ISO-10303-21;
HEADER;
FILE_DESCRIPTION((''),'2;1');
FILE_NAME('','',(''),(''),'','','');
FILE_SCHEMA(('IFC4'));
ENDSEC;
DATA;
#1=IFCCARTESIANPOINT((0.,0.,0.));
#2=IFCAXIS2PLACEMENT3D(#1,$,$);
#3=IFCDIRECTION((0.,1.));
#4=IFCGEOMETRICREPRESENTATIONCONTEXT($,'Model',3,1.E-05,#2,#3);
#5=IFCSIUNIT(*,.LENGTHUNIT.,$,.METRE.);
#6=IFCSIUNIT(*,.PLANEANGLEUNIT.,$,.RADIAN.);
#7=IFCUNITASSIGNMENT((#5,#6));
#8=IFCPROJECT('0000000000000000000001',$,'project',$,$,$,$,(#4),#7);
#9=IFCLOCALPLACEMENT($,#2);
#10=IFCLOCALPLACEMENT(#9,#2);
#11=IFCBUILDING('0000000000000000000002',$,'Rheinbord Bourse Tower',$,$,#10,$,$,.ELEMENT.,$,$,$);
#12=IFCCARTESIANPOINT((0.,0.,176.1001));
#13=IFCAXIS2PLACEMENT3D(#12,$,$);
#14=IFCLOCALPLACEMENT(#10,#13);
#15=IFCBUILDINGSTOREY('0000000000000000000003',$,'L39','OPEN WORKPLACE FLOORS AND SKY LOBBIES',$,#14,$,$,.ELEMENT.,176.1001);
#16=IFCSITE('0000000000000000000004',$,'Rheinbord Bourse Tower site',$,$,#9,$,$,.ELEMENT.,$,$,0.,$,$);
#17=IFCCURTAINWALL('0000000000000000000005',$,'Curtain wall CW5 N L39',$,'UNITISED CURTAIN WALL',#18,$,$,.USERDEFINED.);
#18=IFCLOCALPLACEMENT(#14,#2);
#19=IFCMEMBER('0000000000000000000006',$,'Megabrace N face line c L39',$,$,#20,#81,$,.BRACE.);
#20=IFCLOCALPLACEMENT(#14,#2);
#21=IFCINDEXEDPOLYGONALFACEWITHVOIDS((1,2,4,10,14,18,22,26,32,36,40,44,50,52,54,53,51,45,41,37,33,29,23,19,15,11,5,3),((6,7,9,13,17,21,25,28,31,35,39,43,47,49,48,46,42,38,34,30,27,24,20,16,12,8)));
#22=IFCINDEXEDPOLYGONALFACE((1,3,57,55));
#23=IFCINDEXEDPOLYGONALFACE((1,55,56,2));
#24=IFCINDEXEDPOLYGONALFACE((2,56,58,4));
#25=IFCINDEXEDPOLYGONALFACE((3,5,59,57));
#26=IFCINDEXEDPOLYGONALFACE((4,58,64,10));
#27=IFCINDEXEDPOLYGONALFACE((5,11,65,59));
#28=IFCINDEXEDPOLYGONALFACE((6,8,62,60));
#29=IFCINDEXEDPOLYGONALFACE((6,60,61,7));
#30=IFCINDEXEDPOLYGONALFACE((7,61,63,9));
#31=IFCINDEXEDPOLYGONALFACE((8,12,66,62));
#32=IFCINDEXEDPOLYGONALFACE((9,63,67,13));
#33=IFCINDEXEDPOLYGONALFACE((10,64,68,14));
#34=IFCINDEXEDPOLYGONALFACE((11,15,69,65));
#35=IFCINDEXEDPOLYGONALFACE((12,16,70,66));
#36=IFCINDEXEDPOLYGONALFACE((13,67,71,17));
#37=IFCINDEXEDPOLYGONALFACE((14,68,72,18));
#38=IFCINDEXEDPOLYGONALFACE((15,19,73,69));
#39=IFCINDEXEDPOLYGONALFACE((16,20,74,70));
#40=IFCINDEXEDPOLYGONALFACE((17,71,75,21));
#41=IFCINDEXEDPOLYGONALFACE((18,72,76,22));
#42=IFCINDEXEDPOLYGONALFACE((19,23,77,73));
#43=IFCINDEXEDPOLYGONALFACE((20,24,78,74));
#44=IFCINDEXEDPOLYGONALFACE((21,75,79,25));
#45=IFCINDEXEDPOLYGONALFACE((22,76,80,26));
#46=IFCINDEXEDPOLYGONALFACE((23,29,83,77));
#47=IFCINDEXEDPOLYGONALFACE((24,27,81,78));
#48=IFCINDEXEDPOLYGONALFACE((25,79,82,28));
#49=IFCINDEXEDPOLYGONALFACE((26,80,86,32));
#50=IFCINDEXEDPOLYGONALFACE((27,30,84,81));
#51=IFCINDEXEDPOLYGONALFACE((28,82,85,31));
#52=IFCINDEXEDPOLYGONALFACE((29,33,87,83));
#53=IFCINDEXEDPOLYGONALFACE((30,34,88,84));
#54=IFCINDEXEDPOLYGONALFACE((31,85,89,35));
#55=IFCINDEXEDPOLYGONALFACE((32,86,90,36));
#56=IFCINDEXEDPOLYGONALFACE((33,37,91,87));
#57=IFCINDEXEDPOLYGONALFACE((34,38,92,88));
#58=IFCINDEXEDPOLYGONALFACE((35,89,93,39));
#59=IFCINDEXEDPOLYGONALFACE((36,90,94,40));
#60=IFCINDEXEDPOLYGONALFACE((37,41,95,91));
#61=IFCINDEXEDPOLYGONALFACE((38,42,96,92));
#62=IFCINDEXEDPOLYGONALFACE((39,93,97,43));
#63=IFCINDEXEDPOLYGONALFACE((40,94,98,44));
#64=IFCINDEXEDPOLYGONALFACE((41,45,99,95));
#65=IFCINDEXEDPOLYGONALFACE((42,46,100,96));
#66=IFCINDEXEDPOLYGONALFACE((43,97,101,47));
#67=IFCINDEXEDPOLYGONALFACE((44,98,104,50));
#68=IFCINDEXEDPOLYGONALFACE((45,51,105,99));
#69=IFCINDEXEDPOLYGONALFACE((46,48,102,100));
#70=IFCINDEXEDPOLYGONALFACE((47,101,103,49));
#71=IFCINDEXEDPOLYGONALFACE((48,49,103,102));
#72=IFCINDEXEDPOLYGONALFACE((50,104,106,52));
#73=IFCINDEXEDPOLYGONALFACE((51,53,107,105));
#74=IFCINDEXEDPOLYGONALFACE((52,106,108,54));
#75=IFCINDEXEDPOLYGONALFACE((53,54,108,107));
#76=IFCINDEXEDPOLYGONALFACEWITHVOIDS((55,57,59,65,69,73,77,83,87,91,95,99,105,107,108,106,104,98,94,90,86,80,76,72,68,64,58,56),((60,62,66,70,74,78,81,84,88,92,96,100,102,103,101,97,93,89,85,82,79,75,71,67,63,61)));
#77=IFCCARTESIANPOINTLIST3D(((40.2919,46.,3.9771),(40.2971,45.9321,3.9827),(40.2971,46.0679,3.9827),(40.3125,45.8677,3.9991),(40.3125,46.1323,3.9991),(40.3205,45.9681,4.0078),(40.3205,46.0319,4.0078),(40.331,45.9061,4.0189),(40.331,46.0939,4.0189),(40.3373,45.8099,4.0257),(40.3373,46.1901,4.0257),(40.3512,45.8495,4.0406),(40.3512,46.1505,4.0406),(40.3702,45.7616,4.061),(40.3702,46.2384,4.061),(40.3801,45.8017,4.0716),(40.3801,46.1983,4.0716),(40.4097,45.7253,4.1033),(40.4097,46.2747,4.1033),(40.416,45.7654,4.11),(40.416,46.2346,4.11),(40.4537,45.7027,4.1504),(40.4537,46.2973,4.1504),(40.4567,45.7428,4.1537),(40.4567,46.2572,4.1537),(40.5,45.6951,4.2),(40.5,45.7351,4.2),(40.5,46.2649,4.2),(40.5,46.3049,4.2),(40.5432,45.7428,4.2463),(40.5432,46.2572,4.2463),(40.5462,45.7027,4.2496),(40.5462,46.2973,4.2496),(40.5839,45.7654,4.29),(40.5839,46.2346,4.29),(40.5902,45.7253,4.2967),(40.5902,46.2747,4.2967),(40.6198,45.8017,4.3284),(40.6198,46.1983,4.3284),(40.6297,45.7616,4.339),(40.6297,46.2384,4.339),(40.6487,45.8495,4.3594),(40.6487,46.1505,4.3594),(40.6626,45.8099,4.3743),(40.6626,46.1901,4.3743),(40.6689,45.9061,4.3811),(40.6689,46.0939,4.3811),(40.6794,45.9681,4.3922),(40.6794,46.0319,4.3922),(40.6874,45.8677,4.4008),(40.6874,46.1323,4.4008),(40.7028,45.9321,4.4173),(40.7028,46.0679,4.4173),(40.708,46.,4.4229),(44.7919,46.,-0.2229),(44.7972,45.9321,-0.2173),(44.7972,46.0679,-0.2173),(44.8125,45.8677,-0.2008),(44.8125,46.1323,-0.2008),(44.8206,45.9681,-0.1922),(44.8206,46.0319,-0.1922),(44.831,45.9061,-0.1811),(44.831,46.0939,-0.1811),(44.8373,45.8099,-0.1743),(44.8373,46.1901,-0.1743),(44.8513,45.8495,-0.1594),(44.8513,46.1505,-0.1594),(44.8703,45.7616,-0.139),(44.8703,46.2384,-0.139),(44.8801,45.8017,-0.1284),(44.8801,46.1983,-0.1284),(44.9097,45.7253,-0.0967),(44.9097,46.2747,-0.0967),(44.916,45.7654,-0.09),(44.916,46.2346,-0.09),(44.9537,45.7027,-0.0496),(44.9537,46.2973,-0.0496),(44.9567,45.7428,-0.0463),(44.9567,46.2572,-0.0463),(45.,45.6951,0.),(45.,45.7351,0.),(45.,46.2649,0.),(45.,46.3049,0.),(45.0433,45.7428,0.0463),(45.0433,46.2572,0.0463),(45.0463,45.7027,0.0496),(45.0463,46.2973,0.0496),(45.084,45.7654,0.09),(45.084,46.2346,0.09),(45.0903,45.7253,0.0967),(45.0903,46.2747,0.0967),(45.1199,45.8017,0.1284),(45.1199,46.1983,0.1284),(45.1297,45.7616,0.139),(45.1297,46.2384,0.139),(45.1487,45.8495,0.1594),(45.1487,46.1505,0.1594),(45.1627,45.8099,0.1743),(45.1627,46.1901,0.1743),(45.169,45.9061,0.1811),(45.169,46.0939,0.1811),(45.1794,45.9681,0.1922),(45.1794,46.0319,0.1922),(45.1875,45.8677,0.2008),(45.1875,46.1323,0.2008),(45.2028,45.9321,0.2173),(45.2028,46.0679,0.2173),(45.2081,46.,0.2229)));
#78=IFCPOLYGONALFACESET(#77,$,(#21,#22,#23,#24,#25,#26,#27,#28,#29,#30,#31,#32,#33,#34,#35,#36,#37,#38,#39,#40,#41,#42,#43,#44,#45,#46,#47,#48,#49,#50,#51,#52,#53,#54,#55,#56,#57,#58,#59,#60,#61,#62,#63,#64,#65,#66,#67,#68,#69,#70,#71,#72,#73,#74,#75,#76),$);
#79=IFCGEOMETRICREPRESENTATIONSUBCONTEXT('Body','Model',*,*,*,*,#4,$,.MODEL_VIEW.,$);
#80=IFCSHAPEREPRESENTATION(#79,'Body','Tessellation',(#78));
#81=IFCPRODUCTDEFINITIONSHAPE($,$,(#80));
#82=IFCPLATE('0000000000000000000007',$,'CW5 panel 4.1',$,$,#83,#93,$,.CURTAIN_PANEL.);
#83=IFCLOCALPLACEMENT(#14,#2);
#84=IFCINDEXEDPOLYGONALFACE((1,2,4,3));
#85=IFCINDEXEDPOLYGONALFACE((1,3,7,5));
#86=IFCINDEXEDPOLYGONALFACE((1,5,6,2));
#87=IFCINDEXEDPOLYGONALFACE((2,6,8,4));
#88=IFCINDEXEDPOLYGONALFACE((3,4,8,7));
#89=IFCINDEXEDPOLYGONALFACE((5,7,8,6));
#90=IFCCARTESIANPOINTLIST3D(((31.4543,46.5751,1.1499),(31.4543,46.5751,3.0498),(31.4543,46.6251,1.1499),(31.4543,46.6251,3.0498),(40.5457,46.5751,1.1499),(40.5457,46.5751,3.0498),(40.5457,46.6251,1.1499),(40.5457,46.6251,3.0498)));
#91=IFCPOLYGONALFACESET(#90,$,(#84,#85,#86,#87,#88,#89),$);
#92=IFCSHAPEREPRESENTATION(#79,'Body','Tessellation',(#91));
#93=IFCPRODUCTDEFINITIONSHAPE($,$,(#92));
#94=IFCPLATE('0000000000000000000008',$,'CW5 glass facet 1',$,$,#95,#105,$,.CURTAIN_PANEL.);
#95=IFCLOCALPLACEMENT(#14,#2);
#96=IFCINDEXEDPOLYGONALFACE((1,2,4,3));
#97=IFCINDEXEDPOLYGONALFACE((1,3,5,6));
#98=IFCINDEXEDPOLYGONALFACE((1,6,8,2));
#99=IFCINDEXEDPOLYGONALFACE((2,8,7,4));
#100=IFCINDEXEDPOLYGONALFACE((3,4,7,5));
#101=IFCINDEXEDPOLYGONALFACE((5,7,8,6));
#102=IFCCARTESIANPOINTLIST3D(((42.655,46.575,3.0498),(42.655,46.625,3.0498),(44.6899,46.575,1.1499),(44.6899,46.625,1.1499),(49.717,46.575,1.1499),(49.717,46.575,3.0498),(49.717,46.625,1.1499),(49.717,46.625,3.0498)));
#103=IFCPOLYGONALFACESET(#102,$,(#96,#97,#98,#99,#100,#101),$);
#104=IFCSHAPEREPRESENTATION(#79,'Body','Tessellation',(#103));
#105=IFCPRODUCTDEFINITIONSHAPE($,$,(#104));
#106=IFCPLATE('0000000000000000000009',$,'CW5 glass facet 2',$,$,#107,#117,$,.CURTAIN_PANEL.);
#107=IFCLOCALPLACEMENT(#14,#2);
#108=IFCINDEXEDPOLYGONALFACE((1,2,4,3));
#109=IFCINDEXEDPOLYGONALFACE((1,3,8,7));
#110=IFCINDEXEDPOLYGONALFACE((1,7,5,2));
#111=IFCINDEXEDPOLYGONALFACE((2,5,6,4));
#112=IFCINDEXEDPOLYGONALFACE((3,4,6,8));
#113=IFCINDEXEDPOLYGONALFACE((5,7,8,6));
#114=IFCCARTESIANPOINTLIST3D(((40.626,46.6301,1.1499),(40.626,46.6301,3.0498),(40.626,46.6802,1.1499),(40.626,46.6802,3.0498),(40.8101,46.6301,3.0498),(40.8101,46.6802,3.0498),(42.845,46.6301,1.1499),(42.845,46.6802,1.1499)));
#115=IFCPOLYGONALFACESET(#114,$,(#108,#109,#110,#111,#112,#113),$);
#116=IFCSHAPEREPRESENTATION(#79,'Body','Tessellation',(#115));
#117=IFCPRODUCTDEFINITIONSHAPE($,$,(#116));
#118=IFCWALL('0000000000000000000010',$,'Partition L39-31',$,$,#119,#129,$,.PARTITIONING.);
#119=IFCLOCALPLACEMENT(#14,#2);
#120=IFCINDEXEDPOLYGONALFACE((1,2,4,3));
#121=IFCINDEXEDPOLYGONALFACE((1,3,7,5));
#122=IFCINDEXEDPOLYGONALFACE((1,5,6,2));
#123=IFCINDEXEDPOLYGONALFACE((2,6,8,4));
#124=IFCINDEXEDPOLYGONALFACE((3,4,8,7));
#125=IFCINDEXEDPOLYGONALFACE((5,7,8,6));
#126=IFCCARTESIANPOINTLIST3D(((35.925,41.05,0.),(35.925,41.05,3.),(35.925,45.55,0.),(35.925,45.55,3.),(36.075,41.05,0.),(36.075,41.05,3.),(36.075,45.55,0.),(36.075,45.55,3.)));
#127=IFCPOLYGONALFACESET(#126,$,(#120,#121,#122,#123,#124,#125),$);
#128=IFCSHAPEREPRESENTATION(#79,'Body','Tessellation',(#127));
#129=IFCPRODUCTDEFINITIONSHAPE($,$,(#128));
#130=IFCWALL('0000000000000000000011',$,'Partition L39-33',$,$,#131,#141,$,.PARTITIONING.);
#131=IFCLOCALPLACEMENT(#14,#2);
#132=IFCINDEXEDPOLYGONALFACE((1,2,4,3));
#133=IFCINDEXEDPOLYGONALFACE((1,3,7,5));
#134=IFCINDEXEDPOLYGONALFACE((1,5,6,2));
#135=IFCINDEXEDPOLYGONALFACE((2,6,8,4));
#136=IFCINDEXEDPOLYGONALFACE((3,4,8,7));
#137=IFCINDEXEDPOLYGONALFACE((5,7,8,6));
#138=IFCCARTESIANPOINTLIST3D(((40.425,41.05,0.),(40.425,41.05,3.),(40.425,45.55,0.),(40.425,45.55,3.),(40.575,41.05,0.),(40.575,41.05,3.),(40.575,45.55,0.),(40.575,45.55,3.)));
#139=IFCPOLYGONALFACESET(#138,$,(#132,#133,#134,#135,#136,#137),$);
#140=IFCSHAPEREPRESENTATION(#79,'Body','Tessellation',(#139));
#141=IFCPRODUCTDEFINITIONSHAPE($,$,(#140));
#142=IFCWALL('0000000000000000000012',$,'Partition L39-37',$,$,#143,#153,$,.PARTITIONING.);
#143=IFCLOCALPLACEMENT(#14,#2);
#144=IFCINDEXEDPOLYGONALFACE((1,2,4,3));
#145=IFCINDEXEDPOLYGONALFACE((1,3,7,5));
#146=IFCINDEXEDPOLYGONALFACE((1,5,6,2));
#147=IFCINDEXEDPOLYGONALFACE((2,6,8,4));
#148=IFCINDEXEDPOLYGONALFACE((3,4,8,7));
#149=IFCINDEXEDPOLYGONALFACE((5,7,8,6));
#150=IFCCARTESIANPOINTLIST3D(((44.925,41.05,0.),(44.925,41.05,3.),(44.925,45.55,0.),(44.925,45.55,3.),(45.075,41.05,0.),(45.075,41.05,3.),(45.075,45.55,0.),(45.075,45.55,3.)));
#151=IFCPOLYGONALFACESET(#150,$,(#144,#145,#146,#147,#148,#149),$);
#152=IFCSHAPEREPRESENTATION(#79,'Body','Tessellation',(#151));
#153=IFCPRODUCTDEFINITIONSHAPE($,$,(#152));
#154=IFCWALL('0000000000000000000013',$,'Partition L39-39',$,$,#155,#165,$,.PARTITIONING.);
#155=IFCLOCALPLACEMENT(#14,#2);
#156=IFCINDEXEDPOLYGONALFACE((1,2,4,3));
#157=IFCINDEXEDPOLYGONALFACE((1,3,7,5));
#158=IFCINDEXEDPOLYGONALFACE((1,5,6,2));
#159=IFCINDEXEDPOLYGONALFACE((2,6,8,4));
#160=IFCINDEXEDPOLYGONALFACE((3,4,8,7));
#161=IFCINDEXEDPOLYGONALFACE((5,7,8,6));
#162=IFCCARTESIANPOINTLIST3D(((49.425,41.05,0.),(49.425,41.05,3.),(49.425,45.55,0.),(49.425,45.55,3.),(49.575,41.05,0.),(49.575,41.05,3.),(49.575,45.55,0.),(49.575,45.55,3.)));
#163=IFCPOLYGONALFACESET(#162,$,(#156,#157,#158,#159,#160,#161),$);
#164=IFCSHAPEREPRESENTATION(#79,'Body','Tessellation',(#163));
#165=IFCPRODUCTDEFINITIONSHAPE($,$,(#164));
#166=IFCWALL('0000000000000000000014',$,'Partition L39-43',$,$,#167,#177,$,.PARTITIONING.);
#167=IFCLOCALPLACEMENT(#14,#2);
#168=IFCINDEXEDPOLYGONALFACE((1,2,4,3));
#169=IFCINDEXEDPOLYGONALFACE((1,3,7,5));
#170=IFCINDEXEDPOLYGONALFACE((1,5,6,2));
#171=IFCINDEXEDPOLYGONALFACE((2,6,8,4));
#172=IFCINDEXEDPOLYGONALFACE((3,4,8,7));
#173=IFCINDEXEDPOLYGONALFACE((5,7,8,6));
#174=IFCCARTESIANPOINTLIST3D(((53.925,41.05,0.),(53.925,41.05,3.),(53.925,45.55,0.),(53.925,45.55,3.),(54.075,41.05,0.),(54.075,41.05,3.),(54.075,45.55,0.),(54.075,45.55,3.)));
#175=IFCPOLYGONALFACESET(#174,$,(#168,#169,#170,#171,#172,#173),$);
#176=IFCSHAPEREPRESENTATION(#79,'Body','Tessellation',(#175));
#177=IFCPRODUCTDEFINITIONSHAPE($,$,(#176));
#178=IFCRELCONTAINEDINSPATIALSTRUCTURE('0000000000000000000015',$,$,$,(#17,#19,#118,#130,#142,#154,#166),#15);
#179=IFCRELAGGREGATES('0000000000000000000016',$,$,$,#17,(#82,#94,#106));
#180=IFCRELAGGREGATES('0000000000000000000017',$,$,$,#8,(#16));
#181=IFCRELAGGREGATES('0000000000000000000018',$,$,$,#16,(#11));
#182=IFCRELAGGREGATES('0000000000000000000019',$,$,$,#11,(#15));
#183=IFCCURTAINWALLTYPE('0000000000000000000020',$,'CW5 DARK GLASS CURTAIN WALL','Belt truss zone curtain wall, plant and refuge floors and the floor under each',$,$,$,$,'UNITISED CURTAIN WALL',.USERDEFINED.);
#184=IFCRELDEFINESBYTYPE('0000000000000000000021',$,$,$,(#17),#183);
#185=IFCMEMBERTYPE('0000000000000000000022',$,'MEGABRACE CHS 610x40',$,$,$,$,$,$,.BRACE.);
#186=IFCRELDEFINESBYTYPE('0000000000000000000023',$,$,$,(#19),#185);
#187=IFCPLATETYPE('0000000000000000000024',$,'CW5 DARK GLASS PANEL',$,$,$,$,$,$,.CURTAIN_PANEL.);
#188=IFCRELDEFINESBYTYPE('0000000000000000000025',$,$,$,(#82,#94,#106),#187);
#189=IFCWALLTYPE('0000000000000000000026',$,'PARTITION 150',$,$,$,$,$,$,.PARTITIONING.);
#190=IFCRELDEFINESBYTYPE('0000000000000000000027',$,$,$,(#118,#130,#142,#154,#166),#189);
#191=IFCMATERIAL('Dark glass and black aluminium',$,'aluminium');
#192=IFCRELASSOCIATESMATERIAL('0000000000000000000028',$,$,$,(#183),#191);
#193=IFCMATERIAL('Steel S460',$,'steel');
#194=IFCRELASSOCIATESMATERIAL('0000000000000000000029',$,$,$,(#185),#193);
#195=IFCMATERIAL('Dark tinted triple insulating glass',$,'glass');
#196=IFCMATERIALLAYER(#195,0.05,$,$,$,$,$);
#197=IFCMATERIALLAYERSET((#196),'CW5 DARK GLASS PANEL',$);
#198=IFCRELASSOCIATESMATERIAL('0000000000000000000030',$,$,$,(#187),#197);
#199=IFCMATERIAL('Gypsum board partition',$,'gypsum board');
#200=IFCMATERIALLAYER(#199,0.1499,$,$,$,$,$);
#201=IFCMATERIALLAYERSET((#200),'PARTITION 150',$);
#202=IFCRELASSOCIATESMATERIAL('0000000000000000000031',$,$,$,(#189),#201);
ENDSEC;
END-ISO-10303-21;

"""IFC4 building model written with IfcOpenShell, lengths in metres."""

from ifc_helpers import new_model, si_unit, direction, frame, frame_2d, origin, origin_2d, place, context, subcontext, project, spatial, polyline, rectangle, hollow_circle, outline, extrude, material, layer, layer_set, material_profile, profile_set, type_object, element, aggregate, save


model = new_model("IFC4")

# Units and contexts
model_context = context("Model", 3, precision=1e-05, world=origin(), true_north=direction((0.0, 1.0)))
body_context = subcontext(model_context, "Body", "Model", "MODEL_VIEW")
ifc_project = project(units=[si_unit("LENGTHUNIT", "METRE"), si_unit("PLANEANGLEUNIT", "RADIAN")], contexts=[model_context])

# Site, building, storey
site_placement = place(None, origin())
site = spatial("IfcSite", under=ifc_project, at=site_placement, Name="Rheinbord Bourse Tower site", CompositionType="ELEMENT", RefElevation=0.0)
building_placement = place(site_placement, origin())
building = spatial("IfcBuilding", under=site, at=building_placement, Name="Rheinbord Bourse Tower", CompositionType="ELEMENT")
storey_placement = place(building_placement, frame((0.0, 0.0, 176.1001)))
storey = spatial("IfcBuildingStorey", under=building, at=storey_placement, Name="L39", Description="OPEN WORKPLACE FLOORS AND SKY LOBBIES", CompositionType="ELEMENT", Elevation=176.1001)

# Curtain wall
ifc_material_1 = material(Name="Dark glass and black aluminium", Category="aluminium")
curtain_wall_type = type_object("IfcCurtainWallType", Name="CW5 DARK GLASS CURTAIN WALL", Description="Belt truss zone curtain wall, plant and refuge floors and the floor under each", ElementType="UNITISED CURTAIN WALL", PredefinedType="USERDEFINED", material=ifc_material_1)
curtain_wall_placement = place(storey_placement, origin())
curtain_wall = element("IfcCurtainWall", 1, at=curtain_wall_placement, inside=storey, type_object=curtain_wall_type, Name="Curtain wall CW5 N L39", ObjectType="UNITISED CURTAIN WALL", PredefinedType="USERDEFINED")

# Member
ifc_material_2 = material(Name="Steel S460", Category="steel")
ifc_material_profile_1 = material_profile(ifc_material_2, hollow_circle(Radius=0.3049, WallThickness=0.04, at=origin_2d()), Name="CHS 610x40")
ifc_profile_set_1 = profile_set([ifc_material_profile_1], Name="Steel S460")
member_type_1 = type_object("IfcMemberType", Name="MEGABRACE CHS 610x40", PredefinedType="BRACE", material=ifc_profile_set_1)
member_1_placement = place(storey_placement, frame((45.0, 46.0, 0.0), z_axis=(-0.731059, 0.0, 0.682314), x_axis=(0.0, -1.0, 0.0)))
element("IfcMember", 2, at=member_1_placement, inside=storey, type_object=member_type_1, Name="Megabrace N face line c L39", PredefinedType="BRACE", context=body_context, shape_type="SweptSolid", body=[
    extrude(hollow_circle(Radius=0.3049, WallThickness=0.04, at=origin_2d()), origin(), (0.0, 0.0, 1.0), 6.1555),
])

# Plates
ifc_material_3 = material(Name="Dark tinted triple insulating glass", Category="glass")
ifc_layer_1 = layer(ifc_material_3, 0.05)
ifc_layer_set_1 = layer_set([ifc_layer_1], Name="CW5 DARK GLASS PANEL")
plate_type = type_object("IfcPlateType", Name="CW5 DARK GLASS PANEL", PredefinedType="CURTAIN_PANEL", material=ifc_layer_set_1)
plate_1_placement = place(storey_placement, frame((36.0, 46.6001, 1.1499), z_axis=(0.0, 0.0, 1.0), x_axis=(-1.0, 0.0, 0.0)))
plate_1 = element("IfcPlate", 3, at=plate_1_placement, type_object=plate_type, Name="CW5 panel 4.1", PredefinedType="CURTAIN_PANEL", context=body_context, shape_type="SweptSolid", body=[
    extrude(rectangle(XDim=9.0913, YDim=0.05, at=origin_2d()), origin(), (0.0, 0.0, 1.0), 1.8999),
])
plate_2_placement = place(storey_placement, frame((49.717, 46.625, 1.1499), z_axis=(0.0, -1.0, 0.0), x_axis=(0.0, 0.0, 1.0)))
plate_2 = element("IfcPlate", 4, at=plate_2_placement, type_object=plate_type, Name="CW5 glass facet 1", PredefinedType="CURTAIN_PANEL", context=body_context, shape_type="SweptSolid", body=[
    extrude(outline(polyline([(0.0, 0.0), (1.8999, 0.0), (1.8999, 7.062), (0.0, 5.0271), (0.0, 0.0)])), origin(), (0.0, 0.0, 1.0), 0.05),
])
plate_3_placement = place(storey_placement, frame((40.626, 46.6802, 3.0498), z_axis=(0.0, -1.0, 0.0), x_axis=(0.0, 0.0, -1.0)))
plate_3 = element("IfcPlate", 5, at=plate_3_placement, type_object=plate_type, Name="CW5 glass facet 2", PredefinedType="CURTAIN_PANEL", context=body_context, shape_type="SweptSolid", body=[
    extrude(outline(polyline([(0.0, 0.0), (1.8999, 0.0), (1.8999, 2.219), (0.0, 0.1841), (0.0, 0.0)])), origin(), (0.0, 0.0, 1.0), 0.05),
])
aggregate(curtain_wall, [plate_1, plate_2, plate_3])

# Walls
ifc_material_4 = material(Name="Gypsum board partition", Category="gypsum board")
ifc_layer_2 = layer(ifc_material_4, 0.1499)
ifc_layer_set_2 = layer_set([ifc_layer_2], Name="PARTITION 150")
wall_type = type_object("IfcWallType", Name="PARTITION 150", PredefinedType="PARTITIONING", material=ifc_layer_set_2)
for number, where, z_axis, x_axis, name in (
    (6, (36.0, 41.05, 0.0), (0.0, 0.0, 1.0), (0.0, 1.0, 0.0), "Partition L39-31"),
    (7, (40.5, 41.05, 0.0), (0.0, 0.0, 1.0), (0.0, 1.0, 0.0), "Partition L39-33"),
    (8, (45.0, 41.05, 0.0), (0.0, 0.0, 1.0), (0.0, 1.0, 0.0), "Partition L39-37"),
    (9, (49.5, 41.05, 0.0), (0.0, 0.0, 1.0), (0.0, 1.0, 0.0), "Partition L39-39"),
    (10, (54.0, 41.05, 0.0), (0.0, 0.0, 1.0), (0.0, 1.0, 0.0), "Partition L39-43"),
):
    element("IfcWall", number, at=place(storey_placement, frame(where, z_axis=z_axis, x_axis=x_axis)), inside=storey, type_object=wall_type, Name=name, PredefinedType="PARTITIONING", context=body_context, shape_type="SweptSolid", body=[
        extrude(rectangle(XDim=4.5, YDim=0.1499, at=frame_2d((2.25, 0.0))), origin(), (0.0, 0.0, 1.0), 3.0),
    ])

save(model, "model.ifc")
